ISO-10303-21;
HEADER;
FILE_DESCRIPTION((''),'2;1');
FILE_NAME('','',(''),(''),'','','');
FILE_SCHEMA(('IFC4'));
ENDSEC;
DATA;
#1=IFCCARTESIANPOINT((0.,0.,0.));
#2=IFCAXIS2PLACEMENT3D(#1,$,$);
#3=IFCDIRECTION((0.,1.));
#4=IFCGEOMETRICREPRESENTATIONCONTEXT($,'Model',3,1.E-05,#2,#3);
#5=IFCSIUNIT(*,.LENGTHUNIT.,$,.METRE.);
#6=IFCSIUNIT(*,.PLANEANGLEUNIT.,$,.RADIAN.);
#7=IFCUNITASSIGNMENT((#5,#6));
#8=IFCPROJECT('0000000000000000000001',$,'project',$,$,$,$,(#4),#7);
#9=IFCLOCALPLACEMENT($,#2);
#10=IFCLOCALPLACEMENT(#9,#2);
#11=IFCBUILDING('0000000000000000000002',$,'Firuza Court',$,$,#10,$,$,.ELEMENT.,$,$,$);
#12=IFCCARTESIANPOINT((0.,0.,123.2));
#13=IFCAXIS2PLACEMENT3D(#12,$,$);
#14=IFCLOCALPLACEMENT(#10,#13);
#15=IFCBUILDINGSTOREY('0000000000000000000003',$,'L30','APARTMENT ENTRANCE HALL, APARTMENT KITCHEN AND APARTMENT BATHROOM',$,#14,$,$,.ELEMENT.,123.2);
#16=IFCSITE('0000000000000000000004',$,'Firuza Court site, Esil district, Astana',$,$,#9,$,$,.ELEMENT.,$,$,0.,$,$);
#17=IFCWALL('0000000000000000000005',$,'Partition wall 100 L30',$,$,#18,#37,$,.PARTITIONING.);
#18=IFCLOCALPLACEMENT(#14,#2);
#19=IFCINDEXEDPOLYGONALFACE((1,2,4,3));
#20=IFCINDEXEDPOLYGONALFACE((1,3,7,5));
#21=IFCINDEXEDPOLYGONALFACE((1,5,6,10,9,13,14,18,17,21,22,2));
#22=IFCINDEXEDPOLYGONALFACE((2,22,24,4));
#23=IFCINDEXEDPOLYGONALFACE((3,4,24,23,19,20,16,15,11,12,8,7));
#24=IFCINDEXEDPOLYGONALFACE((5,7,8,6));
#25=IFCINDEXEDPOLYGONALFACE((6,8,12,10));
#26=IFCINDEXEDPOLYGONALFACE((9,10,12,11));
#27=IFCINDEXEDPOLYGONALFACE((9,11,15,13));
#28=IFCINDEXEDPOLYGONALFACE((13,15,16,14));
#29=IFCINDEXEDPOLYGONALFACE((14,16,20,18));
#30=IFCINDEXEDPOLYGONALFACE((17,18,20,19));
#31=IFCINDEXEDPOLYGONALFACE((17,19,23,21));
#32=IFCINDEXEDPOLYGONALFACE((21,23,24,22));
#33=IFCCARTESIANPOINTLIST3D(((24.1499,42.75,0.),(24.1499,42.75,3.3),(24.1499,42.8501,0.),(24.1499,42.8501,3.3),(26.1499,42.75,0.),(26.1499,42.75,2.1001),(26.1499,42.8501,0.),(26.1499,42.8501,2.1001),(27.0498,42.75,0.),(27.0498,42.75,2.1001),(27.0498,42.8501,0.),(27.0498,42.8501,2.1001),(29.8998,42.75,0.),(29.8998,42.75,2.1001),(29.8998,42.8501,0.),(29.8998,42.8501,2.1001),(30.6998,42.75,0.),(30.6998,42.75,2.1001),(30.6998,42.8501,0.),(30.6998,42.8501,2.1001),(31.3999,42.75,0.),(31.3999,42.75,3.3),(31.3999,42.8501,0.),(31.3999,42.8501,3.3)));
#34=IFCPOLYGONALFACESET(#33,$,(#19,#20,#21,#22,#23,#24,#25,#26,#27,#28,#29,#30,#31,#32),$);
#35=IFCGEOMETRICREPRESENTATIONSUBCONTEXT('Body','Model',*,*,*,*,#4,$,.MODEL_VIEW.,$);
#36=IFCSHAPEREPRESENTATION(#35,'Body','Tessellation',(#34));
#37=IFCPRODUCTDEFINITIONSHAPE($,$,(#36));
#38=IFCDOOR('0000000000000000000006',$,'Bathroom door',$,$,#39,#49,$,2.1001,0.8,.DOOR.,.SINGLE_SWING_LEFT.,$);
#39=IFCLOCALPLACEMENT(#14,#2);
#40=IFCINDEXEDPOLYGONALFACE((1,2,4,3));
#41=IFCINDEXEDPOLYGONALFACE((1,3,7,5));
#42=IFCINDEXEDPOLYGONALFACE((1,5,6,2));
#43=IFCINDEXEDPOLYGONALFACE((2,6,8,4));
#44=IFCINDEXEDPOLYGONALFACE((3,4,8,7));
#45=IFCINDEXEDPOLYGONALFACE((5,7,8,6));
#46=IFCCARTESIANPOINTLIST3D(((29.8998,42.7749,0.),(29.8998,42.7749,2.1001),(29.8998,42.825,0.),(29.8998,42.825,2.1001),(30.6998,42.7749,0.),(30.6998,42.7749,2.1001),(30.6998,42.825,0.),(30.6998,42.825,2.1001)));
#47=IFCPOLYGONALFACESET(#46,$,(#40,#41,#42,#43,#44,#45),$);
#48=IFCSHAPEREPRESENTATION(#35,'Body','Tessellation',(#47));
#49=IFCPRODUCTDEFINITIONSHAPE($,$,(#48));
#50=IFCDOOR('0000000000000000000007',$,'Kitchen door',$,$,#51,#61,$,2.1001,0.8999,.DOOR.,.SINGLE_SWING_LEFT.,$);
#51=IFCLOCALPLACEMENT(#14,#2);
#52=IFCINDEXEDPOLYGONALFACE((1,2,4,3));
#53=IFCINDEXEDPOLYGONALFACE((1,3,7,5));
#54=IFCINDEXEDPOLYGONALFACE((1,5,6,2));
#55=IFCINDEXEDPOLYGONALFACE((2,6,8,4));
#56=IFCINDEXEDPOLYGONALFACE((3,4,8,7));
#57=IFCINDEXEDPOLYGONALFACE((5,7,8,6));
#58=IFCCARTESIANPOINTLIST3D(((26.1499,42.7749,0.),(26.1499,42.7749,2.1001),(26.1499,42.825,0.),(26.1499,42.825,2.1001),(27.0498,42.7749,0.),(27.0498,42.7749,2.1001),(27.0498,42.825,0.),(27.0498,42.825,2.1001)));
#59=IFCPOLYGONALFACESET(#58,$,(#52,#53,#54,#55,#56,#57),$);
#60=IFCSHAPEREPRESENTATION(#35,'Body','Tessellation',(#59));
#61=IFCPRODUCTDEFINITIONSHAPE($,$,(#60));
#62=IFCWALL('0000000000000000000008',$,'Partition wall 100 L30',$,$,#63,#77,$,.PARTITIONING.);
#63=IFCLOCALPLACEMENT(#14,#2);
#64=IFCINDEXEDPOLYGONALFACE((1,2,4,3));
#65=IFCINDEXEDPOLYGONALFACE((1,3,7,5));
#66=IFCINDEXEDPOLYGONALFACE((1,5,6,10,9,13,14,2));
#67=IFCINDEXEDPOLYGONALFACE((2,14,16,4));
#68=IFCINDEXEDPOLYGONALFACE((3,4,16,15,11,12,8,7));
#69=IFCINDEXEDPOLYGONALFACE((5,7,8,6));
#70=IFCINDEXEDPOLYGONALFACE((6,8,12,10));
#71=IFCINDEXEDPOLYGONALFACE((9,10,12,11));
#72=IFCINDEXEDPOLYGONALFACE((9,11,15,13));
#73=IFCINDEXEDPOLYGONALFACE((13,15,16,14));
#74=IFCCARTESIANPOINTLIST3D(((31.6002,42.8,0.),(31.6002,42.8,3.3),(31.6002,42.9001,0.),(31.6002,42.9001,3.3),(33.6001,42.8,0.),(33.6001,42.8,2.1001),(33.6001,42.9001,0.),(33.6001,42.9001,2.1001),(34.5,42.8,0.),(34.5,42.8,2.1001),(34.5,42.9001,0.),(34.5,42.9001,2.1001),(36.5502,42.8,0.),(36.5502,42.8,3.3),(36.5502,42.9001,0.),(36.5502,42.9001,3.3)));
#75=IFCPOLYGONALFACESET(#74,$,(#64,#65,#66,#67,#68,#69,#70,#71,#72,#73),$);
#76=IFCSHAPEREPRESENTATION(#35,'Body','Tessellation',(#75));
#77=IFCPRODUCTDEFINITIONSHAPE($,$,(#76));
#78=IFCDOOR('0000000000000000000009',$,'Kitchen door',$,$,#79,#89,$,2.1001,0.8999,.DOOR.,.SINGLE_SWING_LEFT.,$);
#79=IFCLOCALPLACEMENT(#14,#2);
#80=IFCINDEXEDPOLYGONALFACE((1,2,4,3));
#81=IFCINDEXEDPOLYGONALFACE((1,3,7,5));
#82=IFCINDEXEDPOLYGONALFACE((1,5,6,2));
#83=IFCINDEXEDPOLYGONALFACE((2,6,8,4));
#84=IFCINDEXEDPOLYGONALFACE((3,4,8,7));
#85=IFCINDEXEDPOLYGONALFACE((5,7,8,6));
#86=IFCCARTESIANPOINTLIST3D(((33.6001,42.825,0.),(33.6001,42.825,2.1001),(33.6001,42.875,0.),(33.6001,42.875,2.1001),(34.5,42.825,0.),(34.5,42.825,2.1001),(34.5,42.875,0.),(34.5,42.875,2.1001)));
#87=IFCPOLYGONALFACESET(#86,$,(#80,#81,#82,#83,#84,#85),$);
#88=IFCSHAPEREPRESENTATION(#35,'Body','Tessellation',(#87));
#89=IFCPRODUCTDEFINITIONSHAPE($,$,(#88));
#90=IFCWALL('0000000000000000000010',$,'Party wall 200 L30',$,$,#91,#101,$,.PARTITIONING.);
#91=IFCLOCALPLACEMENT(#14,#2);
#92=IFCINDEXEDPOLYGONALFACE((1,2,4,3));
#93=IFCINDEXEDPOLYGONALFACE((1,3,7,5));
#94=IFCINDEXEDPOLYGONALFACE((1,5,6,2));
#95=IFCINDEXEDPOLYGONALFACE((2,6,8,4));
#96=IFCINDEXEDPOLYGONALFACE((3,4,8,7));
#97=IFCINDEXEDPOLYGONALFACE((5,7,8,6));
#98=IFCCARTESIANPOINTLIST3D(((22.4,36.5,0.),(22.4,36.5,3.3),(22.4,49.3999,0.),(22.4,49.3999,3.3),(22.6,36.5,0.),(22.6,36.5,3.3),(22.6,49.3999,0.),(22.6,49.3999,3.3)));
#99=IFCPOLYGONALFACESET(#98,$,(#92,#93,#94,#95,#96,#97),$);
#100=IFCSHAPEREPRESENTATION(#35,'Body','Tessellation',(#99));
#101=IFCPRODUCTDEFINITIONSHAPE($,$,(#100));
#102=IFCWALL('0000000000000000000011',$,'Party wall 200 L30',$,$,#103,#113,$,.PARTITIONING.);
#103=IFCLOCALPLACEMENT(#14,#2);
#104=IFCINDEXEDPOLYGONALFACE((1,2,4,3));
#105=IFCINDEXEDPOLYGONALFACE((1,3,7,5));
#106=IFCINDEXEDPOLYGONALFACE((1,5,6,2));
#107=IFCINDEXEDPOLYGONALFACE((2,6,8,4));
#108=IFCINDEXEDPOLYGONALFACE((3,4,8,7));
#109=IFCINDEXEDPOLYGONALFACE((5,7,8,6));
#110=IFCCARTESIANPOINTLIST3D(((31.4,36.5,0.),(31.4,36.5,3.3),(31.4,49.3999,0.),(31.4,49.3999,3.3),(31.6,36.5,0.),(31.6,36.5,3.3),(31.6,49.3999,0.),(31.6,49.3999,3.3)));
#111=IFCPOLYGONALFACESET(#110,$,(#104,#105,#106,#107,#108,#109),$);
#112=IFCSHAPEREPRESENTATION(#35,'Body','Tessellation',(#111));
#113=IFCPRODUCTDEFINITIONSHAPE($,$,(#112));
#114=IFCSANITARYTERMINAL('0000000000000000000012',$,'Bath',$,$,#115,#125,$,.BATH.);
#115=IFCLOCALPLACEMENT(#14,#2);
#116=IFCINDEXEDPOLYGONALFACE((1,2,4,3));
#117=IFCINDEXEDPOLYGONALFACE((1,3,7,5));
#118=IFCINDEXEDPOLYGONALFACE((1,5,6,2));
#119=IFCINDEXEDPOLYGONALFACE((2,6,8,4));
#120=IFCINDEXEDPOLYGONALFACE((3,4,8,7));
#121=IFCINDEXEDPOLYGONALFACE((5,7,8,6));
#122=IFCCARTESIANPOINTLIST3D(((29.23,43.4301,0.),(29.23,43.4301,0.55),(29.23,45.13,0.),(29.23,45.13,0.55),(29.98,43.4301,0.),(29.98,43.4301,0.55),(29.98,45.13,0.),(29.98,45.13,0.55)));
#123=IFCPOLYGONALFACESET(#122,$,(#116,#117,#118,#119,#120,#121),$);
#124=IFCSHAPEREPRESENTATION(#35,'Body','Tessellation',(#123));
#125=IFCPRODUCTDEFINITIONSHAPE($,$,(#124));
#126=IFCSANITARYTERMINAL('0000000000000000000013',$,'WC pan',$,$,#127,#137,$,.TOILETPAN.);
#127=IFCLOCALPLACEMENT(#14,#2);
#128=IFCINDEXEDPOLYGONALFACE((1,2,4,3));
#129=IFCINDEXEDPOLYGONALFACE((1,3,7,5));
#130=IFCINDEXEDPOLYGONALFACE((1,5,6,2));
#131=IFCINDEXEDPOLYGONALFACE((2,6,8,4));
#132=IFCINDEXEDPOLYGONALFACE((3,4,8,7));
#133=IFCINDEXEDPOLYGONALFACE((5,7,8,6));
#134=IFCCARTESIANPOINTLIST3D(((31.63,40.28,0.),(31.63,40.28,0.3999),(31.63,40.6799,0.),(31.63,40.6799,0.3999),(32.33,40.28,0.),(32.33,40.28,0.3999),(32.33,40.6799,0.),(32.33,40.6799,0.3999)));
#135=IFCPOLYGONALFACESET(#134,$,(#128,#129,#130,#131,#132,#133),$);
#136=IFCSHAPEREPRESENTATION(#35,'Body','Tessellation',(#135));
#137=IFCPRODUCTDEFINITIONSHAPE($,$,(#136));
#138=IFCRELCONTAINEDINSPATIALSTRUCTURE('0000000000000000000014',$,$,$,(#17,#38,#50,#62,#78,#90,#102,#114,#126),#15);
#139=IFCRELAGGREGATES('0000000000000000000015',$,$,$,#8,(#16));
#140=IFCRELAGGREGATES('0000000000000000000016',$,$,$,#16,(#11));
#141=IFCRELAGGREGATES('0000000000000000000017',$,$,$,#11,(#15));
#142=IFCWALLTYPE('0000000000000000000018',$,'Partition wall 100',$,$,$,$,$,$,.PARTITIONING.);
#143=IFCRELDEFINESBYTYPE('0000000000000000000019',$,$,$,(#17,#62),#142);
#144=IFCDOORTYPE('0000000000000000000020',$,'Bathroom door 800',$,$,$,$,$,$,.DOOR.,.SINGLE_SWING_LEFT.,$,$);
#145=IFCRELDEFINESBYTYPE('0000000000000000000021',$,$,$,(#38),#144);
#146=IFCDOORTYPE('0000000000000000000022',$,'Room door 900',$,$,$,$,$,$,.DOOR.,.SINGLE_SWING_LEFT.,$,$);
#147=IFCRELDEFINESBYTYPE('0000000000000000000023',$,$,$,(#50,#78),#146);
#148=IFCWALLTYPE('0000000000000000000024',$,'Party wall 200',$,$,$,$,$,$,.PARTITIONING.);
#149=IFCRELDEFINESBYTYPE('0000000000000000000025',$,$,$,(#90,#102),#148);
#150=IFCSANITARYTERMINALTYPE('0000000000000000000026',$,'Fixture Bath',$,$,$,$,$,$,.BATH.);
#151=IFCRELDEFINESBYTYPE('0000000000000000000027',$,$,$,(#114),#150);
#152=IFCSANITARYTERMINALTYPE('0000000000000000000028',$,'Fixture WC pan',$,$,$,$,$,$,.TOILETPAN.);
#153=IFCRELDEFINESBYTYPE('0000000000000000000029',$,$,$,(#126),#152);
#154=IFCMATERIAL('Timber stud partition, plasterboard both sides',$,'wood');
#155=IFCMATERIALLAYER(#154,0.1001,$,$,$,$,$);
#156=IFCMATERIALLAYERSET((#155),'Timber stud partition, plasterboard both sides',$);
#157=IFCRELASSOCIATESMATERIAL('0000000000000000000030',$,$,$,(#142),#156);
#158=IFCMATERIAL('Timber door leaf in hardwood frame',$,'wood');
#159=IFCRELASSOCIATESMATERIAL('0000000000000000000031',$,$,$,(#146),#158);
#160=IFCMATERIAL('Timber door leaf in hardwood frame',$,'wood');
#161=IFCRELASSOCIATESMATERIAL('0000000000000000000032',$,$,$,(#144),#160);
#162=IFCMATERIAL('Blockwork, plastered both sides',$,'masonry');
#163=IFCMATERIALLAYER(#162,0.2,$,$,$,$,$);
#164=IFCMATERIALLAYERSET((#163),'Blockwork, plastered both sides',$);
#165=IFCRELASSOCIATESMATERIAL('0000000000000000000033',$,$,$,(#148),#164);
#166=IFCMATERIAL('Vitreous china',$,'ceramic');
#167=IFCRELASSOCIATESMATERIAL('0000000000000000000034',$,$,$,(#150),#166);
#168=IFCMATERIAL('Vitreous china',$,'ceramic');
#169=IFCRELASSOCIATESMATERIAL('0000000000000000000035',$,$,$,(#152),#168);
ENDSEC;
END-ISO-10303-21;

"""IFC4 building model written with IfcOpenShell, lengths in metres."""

from ifc_helpers import new_model, si_unit, direction, frame, frame_2d, origin, origin_2d, place, context, subcontext, project, spatial, rectangle, extrude, material, layer, layer_set, type_object, element, fill, save


model = new_model("IFC4")

# Units and contexts
model_context = context("Model", 3, precision=1e-05, world=origin(), true_north=direction((0.0, 1.0)))
body_context = subcontext(model_context, "Body", "Model", "MODEL_VIEW")
ifc_project = project(units=[si_unit("LENGTHUNIT", "METRE"), si_unit("PLANEANGLEUNIT", "RADIAN")], contexts=[model_context])

# Site, building, storey
site_placement = place(None, origin())
site = spatial("IfcSite", under=ifc_project, at=site_placement, Name="Firuza Court site, Esil district, Astana", CompositionType="ELEMENT", RefElevation=0.0)
building_placement = place(site_placement, origin())
building = spatial("IfcBuilding", under=site, at=building_placement, Name="Firuza Court", CompositionType="ELEMENT")
storey_placement = place(building_placement, frame((0.0, 0.0, 123.2)))
storey = spatial("IfcBuildingStorey", under=building, at=storey_placement, Name="L30", Description="APARTMENT ENTRANCE HALL, APARTMENT KITCHEN AND APARTMENT BATHROOM", CompositionType="ELEMENT", Elevation=123.2)

# Shared definitions
ifc_material_1 = material(Name="Timber stud partition, plasterboard both sides", Category="wood")
ifc_layer_1 = layer(ifc_material_1, 0.1001)
ifc_layer_set_1 = layer_set([ifc_layer_1], Name="Timber stud partition, plasterboard both sides")
wall_type_1 = type_object("IfcWallType", Name="Partition wall 100", PredefinedType="PARTITIONING", material=ifc_layer_set_1)

# Shared definitions
ifc_material_2 = material(Name="Timber door leaf in hardwood frame", Category="wood")
door_type_1 = type_object("IfcDoorType", Name="Room door 900", OperationType="SINGLE_SWING_LEFT", PredefinedType="DOOR", material=ifc_material_2)

# Wall, openings, doors
wall_1_placement = place(storey_placement, frame((24.1499, 42.8, 0.0), z_axis=(0.0, 0.0, 1.0), x_axis=(1.0, 0.0, 0.0)))
wall_1 = element("IfcWall", 1, at=wall_1_placement, inside=storey, type_object=wall_type_1, Name="Partition wall 100 L30", PredefinedType="PARTITIONING", context=body_context, shape_type="SweptSolid", body=[
    extrude(rectangle(XDim=7.25, YDim=0.1001, at=frame_2d((3.625, 0.0))), origin(), (0.0, 0.0, 1.0), 3.3),
])
opening_1_placement = place(wall_1_placement, frame((5.75, 0.0, 0.0)))
opening_1 = element("IfcOpeningElement", 2, at=opening_1_placement, cuts=wall_1, PredefinedType="OPENING", context=body_context, shape_type="SweptSolid", body=[
    extrude(rectangle(XDim=0.8, YDim=2.1001, at=frame_2d((0.3999, 1.05))), frame((0.0, 0.062, 0.0), z_axis=(0.0, -1.0, 0.0), x_axis=(1.0, 0.0, 0.0)), (0.0, 0.0, 1.0), 0.124),
])
opening_2_placement = place(wall_1_placement, frame((2.0, 0.0, 0.0)))
opening_2 = element("IfcOpeningElement", 3, at=opening_2_placement, cuts=wall_1, PredefinedType="OPENING", context=body_context, shape_type="SweptSolid", body=[
    extrude(rectangle(XDim=0.8999, YDim=2.1001, at=frame_2d((0.45, 1.05))), frame((0.0, 0.062, 0.0), z_axis=(0.0, -1.0, 0.0), x_axis=(1.0, 0.0, 0.0)), (0.0, 0.0, 1.0), 0.124),
])
ifc_material_3 = material(Name="Timber door leaf in hardwood frame", Category="wood")
door_type_2 = type_object("IfcDoorType", Name="Bathroom door 800", OperationType="SINGLE_SWING_LEFT", PredefinedType="DOOR", material=ifc_material_3)
door_1_placement = place(opening_1_placement, origin())
door_1 = element("IfcDoor", 4, at=door_1_placement, inside=storey, type_object=door_type_2, Name="Bathroom door", OperationType="SINGLE_SWING_LEFT", OverallHeight=2.1001, OverallWidth=0.8, PredefinedType="DOOR", context=body_context, shape_type="SweptSolid", body=[
    extrude(rectangle(XDim=0.8, YDim=2.1001, at=frame_2d((0.3999, 1.05))), frame((0.0, 0.0249, 0.0), z_axis=(0.0, -1.0, 0.0), x_axis=(1.0, 0.0, 0.0)), (0.0, 0.0, 1.0), 0.05),
])
fill(opening_1, door_1)
door_2_placement = place(opening_2_placement, origin())
door_2 = element("IfcDoor", 5, at=door_2_placement, inside=storey, type_object=door_type_1, Name="Kitchen door", OperationType="SINGLE_SWING_LEFT", OverallHeight=2.1001, OverallWidth=0.8999, PredefinedType="DOOR", context=body_context, shape_type="SweptSolid", body=[
    extrude(rectangle(XDim=0.8999, YDim=2.1001, at=frame_2d((0.45, 1.05))), frame((0.0, 0.0249, 0.0), z_axis=(0.0, -1.0, 0.0), x_axis=(1.0, 0.0, 0.0)), (0.0, 0.0, 1.0), 0.05),
])
fill(opening_2, door_2)

# Wall, opening, door
wall_2_placement = place(storey_placement, frame((31.6001, 42.8501, 0.0), z_axis=(0.0, 0.0, 1.0), x_axis=(1.0, 0.0, 0.0)))
wall_2 = element("IfcWall", 6, at=wall_2_placement, inside=storey, type_object=wall_type_1, Name="Partition wall 100 L30", PredefinedType="PARTITIONING", context=body_context, shape_type="SweptSolid", body=[
    extrude(rectangle(XDim=4.95, YDim=0.1001, at=frame_2d((2.4751, 0.0))), origin(), (0.0, 0.0, 1.0), 3.3),
])
opening_3_placement = place(wall_2_placement, frame((2.0, 0.0, 0.0)))
opening_3 = element("IfcOpeningElement", 7, at=opening_3_placement, cuts=wall_2, PredefinedType="OPENING", context=body_context, shape_type="SweptSolid", body=[
    extrude(rectangle(XDim=0.8999, YDim=2.1001, at=frame_2d((0.45, 1.05))), frame((0.0, 0.062, 0.0), z_axis=(0.0, -1.0, 0.0), x_axis=(1.0, 0.0, 0.0)), (0.0, 0.0, 1.0), 0.124),
])
door_3_placement = place(opening_3_placement, origin())
door_3 = element("IfcDoor", 8, at=door_3_placement, inside=storey, type_object=door_type_1, Name="Kitchen door", OperationType="SINGLE_SWING_LEFT", OverallHeight=2.1001, OverallWidth=0.8999, PredefinedType="DOOR", context=body_context, shape_type="SweptSolid", body=[
    extrude(rectangle(XDim=0.8999, YDim=2.1001, at=frame_2d((0.45, 1.05))), frame((0.0, 0.0249, 0.0), z_axis=(0.0, -1.0, 0.0), x_axis=(1.0, 0.0, 0.0)), (0.0, 0.0, 1.0), 0.05),
])
fill(opening_3, door_3)

# Walls
ifc_material_4 = material(Name="Blockwork, plastered both sides", Category="masonry")
ifc_layer_2 = layer(ifc_material_4, 0.2)
ifc_layer_set_2 = layer_set([ifc_layer_2], Name="Blockwork, plastered both sides")
wall_type_2 = type_object("IfcWallType", Name="Party wall 200", PredefinedType="PARTITIONING", material=ifc_layer_set_2)
for number, where, z_axis, x_axis, name in (
    (9, (22.5, 36.5, 0.0), (0.0, 0.0, 1.0), (0.0, 1.0, 0.0), "Party wall 200 L30"),
    (10, (31.5, 36.5, 0.0), (0.0, 0.0, 1.0), (0.0, 1.0, 0.0), "Party wall 200 L30"),
):
    element("IfcWall", number, at=place(storey_placement, frame(where, z_axis=z_axis, x_axis=x_axis)), inside=storey, type_object=wall_type_2, Name=name, PredefinedType="PARTITIONING", context=body_context, shape_type="SweptSolid", body=[
        extrude(rectangle(XDim=12.8999, YDim=0.2, at=frame_2d((6.45, 0.0))), origin(), (0.0, 0.0, 1.0), 3.3),
    ])

# Sanitary terminals
ifc_material_5 = material(Name="Vitreous china", Category="ceramic")
sanitary_terminal_type_1 = type_object("IfcSanitaryTerminalType", Name="Fixture Bath", PredefinedType="BATH", material=ifc_material_5)
sanitary_terminal_1_placement = place(storey_placement, frame((29.605, 44.28, 0.0), z_axis=(0.0, 0.0, 1.0), x_axis=(1.0, 0.0, 0.0)))
element("IfcSanitaryTerminal", 11, at=sanitary_terminal_1_placement, inside=storey, type_object=sanitary_terminal_type_1, Name="Bath", PredefinedType="BATH", context=body_context, shape_type="SweptSolid", body=[
    extrude(rectangle(XDim=0.75, YDim=1.7, at=origin_2d()), origin(), (0.0, 0.0, 1.0), 0.55),
])
ifc_material_6 = material(Name="Vitreous china", Category="ceramic")
sanitary_terminal_type_2 = type_object("IfcSanitaryTerminalType", Name="Fixture WC pan", PredefinedType="TOILETPAN", material=ifc_material_6)
sanitary_terminal_2_placement = place(storey_placement, frame((31.98, 40.48, 0.0), z_axis=(0.0, 0.0, 1.0), x_axis=(1.0, 0.0, 0.0)))
element("IfcSanitaryTerminal", 12, at=sanitary_terminal_2_placement, inside=storey, type_object=sanitary_terminal_type_2, Name="WC pan", PredefinedType="TOILETPAN", context=body_context, shape_type="SweptSolid", body=[
    extrude(rectangle(XDim=0.7, YDim=0.3999, at=origin_2d()), origin(), (0.0, 0.0, 1.0), 0.3999),
])

save(model, "model.ifc")
